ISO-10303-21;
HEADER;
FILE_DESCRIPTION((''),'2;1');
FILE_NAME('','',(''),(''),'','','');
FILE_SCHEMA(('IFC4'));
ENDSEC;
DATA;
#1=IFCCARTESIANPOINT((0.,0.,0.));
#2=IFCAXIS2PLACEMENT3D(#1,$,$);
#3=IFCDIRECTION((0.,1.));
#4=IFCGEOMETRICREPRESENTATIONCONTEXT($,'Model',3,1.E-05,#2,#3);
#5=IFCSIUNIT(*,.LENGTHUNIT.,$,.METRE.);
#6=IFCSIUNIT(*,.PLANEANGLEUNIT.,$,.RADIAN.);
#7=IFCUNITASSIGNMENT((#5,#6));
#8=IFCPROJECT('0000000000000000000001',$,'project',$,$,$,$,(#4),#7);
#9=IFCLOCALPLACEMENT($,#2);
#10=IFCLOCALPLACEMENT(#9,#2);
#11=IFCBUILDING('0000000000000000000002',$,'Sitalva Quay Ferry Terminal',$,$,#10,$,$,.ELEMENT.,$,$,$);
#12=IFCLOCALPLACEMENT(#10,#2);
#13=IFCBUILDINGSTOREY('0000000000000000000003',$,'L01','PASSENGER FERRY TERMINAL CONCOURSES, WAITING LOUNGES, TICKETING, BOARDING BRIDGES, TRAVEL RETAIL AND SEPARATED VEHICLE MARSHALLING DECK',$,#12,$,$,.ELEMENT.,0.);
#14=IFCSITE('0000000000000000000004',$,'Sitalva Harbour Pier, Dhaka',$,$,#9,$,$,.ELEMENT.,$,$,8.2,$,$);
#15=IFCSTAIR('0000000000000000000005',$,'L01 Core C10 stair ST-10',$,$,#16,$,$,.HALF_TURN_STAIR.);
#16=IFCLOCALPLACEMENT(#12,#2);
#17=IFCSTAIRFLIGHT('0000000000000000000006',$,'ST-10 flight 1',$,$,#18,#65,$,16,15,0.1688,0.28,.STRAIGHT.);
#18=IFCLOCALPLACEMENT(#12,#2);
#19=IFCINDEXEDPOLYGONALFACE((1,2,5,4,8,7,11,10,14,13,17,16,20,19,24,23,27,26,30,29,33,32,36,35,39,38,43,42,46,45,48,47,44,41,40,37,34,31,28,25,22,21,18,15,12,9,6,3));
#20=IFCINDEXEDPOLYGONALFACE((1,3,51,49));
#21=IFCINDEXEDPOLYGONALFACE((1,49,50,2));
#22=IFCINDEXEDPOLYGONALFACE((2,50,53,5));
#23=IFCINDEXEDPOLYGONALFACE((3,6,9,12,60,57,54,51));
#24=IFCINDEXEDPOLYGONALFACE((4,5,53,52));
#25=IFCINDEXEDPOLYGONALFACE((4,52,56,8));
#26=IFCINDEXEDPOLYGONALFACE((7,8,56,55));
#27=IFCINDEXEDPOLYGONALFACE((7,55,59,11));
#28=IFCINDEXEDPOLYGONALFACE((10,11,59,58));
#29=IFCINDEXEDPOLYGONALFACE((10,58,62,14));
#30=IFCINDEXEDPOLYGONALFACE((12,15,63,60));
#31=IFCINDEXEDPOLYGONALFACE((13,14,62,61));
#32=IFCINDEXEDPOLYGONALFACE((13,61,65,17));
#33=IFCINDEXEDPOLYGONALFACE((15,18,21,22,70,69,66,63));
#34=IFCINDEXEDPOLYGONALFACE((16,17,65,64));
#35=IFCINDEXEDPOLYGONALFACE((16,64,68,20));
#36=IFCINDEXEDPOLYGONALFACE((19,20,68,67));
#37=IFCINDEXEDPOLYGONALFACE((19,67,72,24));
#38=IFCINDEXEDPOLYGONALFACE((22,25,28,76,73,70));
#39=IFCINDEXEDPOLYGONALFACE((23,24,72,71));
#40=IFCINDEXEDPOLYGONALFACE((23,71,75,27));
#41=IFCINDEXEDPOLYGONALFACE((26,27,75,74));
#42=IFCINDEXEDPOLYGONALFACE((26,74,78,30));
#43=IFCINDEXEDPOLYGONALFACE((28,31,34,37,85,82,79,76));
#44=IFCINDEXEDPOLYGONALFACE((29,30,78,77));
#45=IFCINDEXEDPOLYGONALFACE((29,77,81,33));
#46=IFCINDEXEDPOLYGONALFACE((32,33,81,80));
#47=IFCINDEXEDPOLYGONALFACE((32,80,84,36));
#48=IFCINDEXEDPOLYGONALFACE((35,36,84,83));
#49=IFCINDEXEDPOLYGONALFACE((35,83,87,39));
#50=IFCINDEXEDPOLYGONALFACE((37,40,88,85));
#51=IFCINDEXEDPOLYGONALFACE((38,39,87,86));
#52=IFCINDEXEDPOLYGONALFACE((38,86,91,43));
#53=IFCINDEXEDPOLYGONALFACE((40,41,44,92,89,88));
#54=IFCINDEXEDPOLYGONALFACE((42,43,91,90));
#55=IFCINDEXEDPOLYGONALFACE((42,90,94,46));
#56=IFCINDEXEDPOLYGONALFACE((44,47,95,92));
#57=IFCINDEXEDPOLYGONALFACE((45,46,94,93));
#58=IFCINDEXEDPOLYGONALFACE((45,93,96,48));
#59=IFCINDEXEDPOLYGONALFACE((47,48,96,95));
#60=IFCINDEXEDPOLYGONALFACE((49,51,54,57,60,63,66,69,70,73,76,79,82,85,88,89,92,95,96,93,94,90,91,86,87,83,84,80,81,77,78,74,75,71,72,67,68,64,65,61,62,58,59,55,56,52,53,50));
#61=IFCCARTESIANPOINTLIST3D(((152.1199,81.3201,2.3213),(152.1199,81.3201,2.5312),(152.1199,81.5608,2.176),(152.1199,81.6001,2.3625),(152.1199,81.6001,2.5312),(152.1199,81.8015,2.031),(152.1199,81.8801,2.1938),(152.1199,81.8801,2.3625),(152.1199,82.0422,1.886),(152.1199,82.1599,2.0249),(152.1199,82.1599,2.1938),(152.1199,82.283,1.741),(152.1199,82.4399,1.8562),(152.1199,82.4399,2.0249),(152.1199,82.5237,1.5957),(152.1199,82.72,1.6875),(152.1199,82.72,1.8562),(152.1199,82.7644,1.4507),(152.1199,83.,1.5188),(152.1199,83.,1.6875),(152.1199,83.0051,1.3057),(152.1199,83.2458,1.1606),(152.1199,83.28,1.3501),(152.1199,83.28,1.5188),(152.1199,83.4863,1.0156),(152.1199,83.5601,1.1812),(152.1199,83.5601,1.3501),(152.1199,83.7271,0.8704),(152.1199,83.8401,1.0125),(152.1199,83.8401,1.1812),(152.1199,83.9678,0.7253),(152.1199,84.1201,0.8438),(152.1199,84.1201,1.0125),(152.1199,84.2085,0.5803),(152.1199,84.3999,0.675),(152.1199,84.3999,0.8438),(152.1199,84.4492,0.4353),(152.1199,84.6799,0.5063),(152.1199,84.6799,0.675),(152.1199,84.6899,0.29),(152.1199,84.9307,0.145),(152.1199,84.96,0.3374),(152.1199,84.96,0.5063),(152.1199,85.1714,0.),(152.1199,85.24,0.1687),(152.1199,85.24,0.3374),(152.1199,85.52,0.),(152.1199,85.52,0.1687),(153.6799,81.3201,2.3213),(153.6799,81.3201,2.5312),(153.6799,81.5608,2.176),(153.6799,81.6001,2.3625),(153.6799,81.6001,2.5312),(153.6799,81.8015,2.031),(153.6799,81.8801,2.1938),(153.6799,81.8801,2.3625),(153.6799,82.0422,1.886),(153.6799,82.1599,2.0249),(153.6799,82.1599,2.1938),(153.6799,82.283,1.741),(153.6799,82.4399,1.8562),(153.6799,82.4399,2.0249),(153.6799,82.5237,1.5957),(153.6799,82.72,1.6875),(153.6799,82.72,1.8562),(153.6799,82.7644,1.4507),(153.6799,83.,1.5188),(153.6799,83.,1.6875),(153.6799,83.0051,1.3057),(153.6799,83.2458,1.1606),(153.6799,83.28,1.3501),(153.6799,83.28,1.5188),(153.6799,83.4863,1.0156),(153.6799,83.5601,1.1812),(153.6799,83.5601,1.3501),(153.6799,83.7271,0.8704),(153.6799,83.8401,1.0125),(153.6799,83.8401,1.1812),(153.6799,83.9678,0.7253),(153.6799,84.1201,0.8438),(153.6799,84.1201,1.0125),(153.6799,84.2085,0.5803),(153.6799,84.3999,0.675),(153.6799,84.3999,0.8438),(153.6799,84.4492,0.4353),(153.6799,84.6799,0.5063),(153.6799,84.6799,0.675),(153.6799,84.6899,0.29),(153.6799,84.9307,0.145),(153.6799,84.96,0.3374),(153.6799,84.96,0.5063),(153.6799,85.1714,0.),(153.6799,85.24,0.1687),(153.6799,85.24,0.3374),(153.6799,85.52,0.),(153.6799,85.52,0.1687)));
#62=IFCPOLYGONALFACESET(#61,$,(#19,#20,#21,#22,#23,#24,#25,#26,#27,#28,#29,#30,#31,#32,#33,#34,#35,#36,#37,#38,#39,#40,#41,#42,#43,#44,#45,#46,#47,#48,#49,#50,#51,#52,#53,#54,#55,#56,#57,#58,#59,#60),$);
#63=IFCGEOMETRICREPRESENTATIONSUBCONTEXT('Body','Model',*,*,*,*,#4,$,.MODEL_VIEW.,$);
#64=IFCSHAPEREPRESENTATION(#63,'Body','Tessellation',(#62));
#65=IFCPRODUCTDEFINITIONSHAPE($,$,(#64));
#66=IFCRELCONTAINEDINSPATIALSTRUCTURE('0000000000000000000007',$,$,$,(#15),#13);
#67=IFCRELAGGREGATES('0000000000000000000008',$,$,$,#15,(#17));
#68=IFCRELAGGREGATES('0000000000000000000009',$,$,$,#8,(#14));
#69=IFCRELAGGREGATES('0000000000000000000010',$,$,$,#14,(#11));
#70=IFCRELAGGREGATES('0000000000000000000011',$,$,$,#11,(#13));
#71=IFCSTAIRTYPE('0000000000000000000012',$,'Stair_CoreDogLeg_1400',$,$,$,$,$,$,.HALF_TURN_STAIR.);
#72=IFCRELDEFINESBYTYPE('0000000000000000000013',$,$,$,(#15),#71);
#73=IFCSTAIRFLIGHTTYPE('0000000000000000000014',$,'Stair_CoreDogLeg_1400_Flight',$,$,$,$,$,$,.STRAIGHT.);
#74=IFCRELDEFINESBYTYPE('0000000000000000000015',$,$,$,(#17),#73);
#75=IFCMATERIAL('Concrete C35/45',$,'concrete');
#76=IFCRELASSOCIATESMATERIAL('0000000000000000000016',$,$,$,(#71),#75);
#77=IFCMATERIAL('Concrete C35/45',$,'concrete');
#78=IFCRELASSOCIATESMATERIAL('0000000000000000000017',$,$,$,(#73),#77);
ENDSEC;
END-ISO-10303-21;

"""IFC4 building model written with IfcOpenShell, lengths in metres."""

from ifc_helpers import new_model, si_unit, direction, frame, origin, place, context, subcontext, project, spatial, polyline, outline, extrude, material, type_object, element, aggregate, save


model = new_model("IFC4")

# Units and contexts
model_context = context("Model", 3, precision=1e-05, world=origin(), true_north=direction((0.0, 1.0)))
body_context = subcontext(model_context, "Body", "Model", "MODEL_VIEW")
ifc_project = project(units=[si_unit("LENGTHUNIT", "METRE"), si_unit("PLANEANGLEUNIT", "RADIAN")], contexts=[model_context])

# Site, building, storey
site_placement = place(None, origin())
site = spatial("IfcSite", under=ifc_project, at=site_placement, Name="Sitalva Harbour Pier, Dhaka", CompositionType="ELEMENT", RefElevation=8.2)
building_placement = place(site_placement, origin())
building = spatial("IfcBuilding", under=site, at=building_placement, Name="Sitalva Quay Ferry Terminal", CompositionType="ELEMENT")
storey_placement = place(building_placement, origin())
storey = spatial("IfcBuildingStorey", under=building, at=storey_placement, Name="L01", Description="PASSENGER FERRY TERMINAL CONCOURSES, WAITING LOUNGES, TICKETING, BOARDING BRIDGES, TRAVEL RETAIL AND SEPARATED VEHICLE MARSHALLING DECK", CompositionType="ELEMENT", Elevation=0.0)

# Stair, stair flight
ifc_material_1 = material(Name="Concrete C35/45", Category="concrete")
stair_type = type_object("IfcStairType", Name="Stair_CoreDogLeg_1400", PredefinedType="HALF_TURN_STAIR", material=ifc_material_1)
stair_placement = place(storey_placement, origin())
stair = element("IfcStair", 1, at=stair_placement, inside=storey, type_object=stair_type, Name="L01 Core C10 stair ST-10", PredefinedType="HALF_TURN_STAIR")
ifc_material_2 = material(Name="Concrete C35/45", Category="concrete")
stair_flight_type = type_object("IfcStairFlightType", Name="Stair_CoreDogLeg_1400_Flight", PredefinedType="STRAIGHT", material=ifc_material_2)
stair_flight_placement = place(storey_placement, frame((152.8999, 85.52, 0.0), z_axis=(0.0, 0.0, 1.0), x_axis=(0.0, -1.0, 0.0)))
stair_flight = element("IfcStairFlight", 2, at=stair_flight_placement, type_object=stair_flight_type, Name="ST-10 flight 1", NumberOfRisers=16, NumberOfTreads=15, PredefinedType="STRAIGHT", RiserHeight=0.1688, TreadLength=0.28, context=body_context, shape_type="SweptSolid", body=[
    extrude(outline(polyline([(0.0, 0.0), (0.0, 0.1687), (0.28, 0.1687), (0.28, 0.3374), (0.5601, 0.3374), (0.5601, 0.5063), (0.8401, 0.5063), (0.8401, 0.675), (1.1201, 0.675), (1.1201, 0.8438), (1.3999, 0.8438), (1.3999, 1.0125), (1.6799, 1.0125), (1.6799, 1.1812), (1.96, 1.1812), (1.96, 1.3501), (2.24, 1.3501), (2.24, 1.5188), (2.52, 1.5188), (2.52, 1.6875), (2.8, 1.6875), (2.8, 1.8562), (3.0801, 1.8562), (3.0801, 2.0249), (3.3601, 2.0249), (3.3601, 2.1938), (3.6399, 2.1938), (3.6399, 2.3625), (3.9199, 2.3625), (3.9199, 2.5312), (4.2, 2.5312), (4.2, 2.7), (4.2, 2.3213), (3.9592, 2.176), (3.7185, 2.031), (3.4778, 1.886), (3.2371, 1.741), (2.9963, 1.5957), (2.7556, 1.4507), (2.5149, 1.3057), (2.2742, 1.1606), (2.0337, 1.0156), (1.793, 0.8704), (1.5522, 0.7253), (1.3115, 0.5803), (1.0708, 0.4353), (0.8301, 0.29), (0.5894, 0.145), (0.3486, 0.0), (0.0, 0.0)])), frame((0.0, 0.78, 0.0), z_axis=(0.0, -1.0, 0.0), x_axis=(1.0, 0.0, 0.0)), (0.0, 0.0, 1.0), 1.5601),
])
aggregate(stair, [stair_flight])

save(model, "model.ifc")
